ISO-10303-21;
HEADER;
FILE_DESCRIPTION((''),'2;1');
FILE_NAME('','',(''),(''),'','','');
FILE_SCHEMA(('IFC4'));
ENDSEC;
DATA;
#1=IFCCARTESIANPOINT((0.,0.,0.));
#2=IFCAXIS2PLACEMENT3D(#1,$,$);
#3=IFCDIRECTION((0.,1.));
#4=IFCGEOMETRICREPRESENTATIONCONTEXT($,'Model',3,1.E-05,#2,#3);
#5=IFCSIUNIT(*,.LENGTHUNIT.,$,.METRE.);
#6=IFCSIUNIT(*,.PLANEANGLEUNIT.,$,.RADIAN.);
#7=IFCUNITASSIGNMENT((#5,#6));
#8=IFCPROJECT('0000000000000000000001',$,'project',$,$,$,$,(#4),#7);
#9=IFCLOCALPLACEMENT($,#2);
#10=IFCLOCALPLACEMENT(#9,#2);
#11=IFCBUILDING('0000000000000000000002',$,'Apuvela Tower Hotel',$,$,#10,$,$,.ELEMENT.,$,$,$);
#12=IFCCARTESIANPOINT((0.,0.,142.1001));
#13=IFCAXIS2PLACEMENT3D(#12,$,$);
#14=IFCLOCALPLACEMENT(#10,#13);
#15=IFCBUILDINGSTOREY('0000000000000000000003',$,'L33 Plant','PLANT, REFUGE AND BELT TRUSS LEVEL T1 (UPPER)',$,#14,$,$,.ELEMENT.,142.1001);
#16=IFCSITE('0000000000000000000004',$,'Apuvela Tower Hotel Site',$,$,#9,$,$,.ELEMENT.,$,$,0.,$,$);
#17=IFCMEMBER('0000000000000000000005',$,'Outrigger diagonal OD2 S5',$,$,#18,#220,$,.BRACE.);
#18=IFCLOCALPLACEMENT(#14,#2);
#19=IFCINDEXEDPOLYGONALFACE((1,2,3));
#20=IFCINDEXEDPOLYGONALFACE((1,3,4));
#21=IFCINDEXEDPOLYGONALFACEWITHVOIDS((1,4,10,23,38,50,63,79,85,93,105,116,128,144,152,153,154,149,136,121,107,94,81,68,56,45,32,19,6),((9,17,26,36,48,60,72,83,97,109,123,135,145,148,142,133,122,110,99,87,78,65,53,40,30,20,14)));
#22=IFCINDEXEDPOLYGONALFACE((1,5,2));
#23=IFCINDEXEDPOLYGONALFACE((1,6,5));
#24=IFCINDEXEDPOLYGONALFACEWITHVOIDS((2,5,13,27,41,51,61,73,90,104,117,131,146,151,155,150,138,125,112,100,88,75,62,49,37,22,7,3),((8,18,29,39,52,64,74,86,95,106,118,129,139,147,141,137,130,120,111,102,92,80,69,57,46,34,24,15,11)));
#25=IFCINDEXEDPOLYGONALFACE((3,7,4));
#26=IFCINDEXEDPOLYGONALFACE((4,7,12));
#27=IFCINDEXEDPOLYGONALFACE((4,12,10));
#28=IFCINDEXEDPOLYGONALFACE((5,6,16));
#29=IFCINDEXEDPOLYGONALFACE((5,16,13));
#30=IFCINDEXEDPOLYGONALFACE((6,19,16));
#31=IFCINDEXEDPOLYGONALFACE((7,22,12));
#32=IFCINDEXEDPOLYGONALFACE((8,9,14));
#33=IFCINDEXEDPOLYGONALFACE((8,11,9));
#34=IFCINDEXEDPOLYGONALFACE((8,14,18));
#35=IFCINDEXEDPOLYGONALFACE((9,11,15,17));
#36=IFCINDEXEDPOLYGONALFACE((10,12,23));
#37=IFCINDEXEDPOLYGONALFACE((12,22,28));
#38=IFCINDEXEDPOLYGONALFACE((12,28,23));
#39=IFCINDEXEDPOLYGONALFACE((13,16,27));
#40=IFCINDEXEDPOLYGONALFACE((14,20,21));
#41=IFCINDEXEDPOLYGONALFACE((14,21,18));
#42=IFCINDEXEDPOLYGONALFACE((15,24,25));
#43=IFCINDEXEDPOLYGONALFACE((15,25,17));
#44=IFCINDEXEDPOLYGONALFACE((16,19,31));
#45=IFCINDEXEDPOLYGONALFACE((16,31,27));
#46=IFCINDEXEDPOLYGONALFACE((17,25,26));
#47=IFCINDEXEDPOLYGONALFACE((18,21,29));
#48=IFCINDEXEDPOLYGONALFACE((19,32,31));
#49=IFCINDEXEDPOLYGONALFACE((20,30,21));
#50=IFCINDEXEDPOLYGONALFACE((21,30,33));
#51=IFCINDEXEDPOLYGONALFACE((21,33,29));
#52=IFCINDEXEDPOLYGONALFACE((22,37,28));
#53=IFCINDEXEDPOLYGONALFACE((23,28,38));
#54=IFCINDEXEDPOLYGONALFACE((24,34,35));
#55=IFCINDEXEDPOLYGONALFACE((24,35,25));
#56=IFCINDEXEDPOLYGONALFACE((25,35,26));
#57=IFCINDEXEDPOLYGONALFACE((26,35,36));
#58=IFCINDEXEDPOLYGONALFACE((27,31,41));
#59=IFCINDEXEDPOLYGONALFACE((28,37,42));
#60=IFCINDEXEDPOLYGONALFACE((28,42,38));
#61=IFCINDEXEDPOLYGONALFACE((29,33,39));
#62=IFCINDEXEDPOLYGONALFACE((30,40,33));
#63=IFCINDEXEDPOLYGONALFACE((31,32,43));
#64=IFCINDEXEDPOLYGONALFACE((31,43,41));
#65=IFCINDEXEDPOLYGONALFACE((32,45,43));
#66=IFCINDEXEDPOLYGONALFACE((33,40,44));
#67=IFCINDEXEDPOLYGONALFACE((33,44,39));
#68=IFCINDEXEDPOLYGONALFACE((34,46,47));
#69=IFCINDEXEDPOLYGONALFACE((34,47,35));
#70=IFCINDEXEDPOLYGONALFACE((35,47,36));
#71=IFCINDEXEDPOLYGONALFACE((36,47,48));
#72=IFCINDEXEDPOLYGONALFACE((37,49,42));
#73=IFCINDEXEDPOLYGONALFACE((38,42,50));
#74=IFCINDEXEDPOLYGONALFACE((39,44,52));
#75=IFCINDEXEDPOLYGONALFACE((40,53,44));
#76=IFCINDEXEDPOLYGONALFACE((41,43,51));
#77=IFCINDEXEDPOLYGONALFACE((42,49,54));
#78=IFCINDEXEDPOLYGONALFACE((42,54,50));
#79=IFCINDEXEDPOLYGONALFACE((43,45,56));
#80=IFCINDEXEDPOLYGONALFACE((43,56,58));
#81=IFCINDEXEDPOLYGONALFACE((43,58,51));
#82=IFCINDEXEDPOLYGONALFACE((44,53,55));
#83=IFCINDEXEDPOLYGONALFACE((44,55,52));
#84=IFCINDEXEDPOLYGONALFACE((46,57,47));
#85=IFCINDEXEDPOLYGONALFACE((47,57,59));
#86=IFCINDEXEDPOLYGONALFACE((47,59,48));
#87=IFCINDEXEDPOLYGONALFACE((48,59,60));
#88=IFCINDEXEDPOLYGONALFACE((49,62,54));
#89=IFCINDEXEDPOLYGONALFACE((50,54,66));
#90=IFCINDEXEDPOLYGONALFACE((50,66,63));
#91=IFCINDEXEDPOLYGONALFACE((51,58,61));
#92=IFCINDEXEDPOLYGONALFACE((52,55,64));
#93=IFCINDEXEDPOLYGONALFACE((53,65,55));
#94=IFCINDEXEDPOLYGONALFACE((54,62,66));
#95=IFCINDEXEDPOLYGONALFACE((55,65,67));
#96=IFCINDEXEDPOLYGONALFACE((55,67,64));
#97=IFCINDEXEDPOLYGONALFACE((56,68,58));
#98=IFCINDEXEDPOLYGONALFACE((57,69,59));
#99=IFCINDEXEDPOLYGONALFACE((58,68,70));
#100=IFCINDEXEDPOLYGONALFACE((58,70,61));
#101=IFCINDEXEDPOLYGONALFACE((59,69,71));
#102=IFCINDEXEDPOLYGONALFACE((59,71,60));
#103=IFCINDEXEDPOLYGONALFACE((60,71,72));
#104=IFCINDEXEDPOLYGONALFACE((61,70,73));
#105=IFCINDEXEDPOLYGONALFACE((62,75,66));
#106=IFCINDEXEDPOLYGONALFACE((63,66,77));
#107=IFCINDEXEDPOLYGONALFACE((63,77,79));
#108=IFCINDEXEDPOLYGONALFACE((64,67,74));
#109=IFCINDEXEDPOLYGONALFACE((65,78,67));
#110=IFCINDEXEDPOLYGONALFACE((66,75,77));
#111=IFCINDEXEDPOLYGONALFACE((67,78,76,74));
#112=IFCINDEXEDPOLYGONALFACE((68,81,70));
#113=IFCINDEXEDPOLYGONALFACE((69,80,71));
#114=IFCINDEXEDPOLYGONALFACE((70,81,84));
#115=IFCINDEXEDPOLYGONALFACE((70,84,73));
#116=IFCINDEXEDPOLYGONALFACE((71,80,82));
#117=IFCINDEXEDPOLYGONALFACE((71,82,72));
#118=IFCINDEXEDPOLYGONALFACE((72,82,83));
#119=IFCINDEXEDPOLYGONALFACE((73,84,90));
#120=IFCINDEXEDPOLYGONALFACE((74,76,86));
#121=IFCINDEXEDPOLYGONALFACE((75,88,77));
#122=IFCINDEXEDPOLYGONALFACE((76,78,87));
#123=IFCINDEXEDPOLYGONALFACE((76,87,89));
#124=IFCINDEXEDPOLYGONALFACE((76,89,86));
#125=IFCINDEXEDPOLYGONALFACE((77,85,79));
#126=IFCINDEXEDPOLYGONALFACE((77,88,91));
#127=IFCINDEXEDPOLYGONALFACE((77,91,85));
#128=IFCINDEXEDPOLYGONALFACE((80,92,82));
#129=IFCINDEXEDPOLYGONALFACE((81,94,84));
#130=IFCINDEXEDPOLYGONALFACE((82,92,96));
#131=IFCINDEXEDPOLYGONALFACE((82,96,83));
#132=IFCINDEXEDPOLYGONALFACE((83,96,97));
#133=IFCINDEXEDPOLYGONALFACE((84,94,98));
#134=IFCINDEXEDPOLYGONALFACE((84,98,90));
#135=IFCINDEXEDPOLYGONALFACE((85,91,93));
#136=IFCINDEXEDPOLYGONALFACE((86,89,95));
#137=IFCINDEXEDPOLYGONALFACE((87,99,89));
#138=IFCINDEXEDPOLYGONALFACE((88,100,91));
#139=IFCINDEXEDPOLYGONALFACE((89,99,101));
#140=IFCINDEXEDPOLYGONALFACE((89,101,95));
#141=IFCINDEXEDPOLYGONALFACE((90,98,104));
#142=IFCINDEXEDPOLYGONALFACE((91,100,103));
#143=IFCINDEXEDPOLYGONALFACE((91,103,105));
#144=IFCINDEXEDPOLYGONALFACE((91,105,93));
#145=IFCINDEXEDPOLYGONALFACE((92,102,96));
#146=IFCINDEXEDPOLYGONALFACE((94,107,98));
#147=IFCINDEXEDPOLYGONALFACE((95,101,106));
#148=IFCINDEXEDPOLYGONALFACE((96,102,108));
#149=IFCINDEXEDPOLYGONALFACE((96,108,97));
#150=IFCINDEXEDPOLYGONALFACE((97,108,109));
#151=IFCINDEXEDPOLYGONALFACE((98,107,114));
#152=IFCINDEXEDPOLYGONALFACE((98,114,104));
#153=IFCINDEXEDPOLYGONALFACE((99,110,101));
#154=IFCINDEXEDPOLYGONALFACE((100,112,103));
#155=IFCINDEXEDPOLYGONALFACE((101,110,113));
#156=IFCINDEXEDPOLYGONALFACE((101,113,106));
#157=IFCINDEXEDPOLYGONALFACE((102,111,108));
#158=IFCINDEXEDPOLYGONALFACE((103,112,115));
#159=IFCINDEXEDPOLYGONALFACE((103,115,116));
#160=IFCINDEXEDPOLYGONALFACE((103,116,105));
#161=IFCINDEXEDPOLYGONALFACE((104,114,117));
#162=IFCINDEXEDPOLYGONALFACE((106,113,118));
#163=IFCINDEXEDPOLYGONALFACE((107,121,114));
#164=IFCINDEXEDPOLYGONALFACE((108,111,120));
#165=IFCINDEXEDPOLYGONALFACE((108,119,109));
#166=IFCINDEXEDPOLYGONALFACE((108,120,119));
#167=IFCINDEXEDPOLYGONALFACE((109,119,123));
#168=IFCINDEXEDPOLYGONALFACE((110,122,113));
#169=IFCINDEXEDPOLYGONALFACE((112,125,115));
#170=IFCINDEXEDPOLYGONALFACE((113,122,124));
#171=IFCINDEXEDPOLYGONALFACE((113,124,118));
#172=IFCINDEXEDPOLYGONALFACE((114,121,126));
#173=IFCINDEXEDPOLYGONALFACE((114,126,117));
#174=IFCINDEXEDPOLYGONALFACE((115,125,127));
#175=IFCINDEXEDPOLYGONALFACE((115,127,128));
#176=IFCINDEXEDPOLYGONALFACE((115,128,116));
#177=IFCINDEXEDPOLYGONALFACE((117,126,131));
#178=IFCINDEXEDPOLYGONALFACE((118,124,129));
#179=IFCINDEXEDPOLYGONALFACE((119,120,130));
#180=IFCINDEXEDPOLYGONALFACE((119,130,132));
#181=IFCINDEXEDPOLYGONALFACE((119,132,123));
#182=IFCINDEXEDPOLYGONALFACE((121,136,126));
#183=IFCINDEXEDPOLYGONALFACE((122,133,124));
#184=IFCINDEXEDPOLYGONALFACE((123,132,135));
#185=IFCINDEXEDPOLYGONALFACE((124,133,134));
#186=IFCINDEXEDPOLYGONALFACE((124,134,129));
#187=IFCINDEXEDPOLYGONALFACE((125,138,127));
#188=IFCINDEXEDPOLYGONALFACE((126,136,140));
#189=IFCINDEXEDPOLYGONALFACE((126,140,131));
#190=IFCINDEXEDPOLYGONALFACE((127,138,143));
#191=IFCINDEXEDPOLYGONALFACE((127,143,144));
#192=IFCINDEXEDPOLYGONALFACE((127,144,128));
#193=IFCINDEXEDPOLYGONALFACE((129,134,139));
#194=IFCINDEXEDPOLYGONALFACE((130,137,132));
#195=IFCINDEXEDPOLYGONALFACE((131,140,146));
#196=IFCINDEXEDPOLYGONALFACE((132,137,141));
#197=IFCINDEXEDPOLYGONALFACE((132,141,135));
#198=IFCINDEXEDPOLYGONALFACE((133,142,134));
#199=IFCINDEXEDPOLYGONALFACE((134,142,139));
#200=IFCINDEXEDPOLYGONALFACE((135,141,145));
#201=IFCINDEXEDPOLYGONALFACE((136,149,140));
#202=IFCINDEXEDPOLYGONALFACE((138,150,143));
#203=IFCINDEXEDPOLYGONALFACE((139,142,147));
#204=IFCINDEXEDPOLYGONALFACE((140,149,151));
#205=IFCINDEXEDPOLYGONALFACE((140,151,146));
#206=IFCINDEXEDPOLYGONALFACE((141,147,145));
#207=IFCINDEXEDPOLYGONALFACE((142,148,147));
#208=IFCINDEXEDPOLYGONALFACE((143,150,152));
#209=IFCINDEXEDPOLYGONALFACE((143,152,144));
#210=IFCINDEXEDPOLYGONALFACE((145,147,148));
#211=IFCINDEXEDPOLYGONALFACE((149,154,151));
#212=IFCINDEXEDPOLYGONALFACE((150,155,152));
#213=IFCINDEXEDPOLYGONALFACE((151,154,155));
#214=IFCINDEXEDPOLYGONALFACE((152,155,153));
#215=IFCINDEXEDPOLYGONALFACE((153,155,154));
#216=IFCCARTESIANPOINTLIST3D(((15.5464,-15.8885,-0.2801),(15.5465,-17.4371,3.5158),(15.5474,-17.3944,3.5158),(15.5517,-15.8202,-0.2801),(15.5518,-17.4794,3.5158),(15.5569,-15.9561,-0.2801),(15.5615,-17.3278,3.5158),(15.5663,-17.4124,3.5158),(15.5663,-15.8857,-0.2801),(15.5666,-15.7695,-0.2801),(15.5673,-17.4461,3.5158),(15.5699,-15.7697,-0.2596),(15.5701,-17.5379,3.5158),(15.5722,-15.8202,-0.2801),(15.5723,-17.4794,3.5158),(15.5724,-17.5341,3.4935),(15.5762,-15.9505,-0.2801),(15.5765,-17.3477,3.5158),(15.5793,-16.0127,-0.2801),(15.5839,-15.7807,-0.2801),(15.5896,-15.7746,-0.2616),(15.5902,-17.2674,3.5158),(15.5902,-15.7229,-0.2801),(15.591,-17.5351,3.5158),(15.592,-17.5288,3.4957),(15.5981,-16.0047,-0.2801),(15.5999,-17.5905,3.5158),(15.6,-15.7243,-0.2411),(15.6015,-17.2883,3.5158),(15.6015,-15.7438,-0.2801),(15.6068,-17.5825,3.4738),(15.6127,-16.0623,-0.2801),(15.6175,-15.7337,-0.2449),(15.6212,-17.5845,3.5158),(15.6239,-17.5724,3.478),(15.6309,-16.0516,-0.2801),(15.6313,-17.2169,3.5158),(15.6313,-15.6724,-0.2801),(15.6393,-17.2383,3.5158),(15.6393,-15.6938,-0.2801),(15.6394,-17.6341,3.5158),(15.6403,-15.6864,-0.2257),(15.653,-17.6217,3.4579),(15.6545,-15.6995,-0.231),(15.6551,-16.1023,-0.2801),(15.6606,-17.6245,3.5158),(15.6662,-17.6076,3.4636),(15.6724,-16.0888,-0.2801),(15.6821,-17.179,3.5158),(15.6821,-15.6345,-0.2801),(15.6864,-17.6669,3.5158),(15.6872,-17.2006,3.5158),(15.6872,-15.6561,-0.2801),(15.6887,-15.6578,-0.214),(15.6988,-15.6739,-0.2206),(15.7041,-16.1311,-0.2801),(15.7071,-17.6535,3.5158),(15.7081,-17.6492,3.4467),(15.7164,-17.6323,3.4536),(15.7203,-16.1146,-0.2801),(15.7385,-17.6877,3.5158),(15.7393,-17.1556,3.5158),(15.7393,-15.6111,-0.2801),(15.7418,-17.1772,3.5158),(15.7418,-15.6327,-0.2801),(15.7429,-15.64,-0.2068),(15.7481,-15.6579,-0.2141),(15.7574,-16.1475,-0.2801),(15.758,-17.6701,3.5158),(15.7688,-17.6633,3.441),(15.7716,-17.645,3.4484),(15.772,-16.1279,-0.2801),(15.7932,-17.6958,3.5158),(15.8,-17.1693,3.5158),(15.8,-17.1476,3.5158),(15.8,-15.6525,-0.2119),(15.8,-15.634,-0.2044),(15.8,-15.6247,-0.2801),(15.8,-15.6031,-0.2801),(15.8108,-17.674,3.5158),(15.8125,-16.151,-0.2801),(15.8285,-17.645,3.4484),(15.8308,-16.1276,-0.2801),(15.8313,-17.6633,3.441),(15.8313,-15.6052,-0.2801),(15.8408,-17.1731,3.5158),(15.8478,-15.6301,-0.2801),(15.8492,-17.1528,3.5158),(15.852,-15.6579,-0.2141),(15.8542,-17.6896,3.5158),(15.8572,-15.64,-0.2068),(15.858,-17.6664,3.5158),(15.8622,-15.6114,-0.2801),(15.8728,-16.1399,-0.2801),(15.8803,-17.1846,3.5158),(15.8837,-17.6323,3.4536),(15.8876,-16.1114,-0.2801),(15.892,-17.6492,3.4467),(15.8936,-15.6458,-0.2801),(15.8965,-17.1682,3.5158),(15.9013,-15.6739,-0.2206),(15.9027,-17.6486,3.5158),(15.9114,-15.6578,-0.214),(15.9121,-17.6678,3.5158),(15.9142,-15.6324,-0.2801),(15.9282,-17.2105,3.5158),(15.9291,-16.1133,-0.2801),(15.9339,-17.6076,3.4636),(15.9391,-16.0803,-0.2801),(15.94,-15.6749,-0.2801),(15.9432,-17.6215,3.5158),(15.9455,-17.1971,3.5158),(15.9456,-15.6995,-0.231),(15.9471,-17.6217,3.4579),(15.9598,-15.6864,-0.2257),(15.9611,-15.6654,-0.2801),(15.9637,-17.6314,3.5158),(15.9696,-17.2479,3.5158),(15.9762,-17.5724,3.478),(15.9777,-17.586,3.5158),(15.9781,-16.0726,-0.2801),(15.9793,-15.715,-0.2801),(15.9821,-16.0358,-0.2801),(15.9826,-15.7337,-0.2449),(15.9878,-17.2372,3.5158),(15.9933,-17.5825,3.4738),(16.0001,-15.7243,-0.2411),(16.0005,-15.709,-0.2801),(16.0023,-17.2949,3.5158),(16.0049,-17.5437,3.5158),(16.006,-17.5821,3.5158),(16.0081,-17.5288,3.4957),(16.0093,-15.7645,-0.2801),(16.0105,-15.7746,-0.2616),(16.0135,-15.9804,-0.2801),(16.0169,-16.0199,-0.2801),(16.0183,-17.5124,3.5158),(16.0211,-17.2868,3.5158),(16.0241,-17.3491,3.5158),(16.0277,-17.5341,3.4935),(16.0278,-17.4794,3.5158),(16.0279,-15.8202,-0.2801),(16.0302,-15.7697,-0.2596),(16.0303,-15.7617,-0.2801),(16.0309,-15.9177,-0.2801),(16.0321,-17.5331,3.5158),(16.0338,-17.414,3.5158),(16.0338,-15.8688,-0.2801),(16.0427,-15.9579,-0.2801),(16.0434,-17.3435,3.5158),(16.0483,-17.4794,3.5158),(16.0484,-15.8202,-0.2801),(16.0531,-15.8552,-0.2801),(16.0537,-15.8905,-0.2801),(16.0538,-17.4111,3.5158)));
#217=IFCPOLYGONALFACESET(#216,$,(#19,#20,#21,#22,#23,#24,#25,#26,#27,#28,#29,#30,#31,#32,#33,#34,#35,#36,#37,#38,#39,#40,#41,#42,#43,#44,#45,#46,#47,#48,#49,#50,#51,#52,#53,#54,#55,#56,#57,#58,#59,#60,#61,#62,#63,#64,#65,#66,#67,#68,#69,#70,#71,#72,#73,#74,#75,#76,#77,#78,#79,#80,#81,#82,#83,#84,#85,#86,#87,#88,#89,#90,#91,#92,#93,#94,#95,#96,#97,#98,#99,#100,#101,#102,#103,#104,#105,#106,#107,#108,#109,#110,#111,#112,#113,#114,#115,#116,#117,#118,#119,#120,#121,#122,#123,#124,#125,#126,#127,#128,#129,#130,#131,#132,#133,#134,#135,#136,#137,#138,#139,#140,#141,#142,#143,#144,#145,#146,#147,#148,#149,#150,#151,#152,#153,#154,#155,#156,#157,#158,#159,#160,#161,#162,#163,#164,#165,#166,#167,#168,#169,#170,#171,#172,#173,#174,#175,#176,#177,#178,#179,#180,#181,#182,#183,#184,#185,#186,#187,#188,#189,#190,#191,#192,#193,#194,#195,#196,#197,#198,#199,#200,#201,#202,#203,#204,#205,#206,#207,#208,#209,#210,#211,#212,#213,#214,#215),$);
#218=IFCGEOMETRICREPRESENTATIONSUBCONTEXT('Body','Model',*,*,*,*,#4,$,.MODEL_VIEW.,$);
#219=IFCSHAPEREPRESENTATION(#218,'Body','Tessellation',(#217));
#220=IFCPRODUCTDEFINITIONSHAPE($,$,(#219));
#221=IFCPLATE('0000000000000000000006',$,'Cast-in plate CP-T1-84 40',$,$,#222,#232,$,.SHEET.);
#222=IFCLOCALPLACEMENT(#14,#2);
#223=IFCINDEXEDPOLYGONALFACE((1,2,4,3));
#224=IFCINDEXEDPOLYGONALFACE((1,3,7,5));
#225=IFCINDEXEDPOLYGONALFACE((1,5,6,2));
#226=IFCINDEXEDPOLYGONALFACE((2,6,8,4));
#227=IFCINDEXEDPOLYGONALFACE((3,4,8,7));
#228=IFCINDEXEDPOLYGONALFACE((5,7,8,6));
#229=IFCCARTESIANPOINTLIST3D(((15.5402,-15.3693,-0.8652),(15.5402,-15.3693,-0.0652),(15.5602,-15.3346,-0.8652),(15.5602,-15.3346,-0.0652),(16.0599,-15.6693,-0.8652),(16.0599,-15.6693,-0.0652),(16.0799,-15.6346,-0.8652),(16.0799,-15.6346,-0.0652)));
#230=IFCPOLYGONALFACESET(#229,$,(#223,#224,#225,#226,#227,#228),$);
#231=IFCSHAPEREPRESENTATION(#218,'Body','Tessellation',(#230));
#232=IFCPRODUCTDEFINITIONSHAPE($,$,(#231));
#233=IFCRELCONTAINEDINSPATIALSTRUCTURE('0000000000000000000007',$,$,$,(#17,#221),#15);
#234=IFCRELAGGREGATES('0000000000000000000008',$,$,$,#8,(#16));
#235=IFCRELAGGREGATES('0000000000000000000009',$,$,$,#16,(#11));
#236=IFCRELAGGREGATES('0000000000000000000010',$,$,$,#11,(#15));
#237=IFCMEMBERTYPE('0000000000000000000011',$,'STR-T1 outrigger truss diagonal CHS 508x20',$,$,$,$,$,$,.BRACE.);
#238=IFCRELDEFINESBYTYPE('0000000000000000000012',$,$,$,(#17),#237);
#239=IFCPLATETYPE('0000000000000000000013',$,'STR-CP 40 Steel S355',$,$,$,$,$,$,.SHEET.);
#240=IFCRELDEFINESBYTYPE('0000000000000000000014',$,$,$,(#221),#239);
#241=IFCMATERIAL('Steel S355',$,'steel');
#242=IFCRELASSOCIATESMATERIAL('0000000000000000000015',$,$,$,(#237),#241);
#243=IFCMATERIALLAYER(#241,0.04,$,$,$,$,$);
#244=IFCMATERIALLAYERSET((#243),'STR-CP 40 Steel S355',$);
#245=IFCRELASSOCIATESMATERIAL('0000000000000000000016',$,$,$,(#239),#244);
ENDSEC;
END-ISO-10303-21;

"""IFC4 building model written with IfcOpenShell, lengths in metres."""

from ifc_helpers import new_model, si_unit, direction, frame, origin, origin_2d, place, context, subcontext, project, spatial, rectangle, hollow_circle, extrude, boolean, halfspace, material, layer, layer_set, material_profile, profile_set, type_object, element, save


model = new_model("IFC4")

# Units and contexts
model_context = context("Model", 3, precision=1e-05, world=origin(), true_north=direction((0.0, 1.0)))
body_context = subcontext(model_context, "Body", "Model", "MODEL_VIEW")
ifc_project = project(units=[si_unit("LENGTHUNIT", "METRE"), si_unit("PLANEANGLEUNIT", "RADIAN")], contexts=[model_context])

# Site, building, storey
site_placement = place(None, origin())
site = spatial("IfcSite", under=ifc_project, at=site_placement, Name="Apuvela Tower Hotel Site", CompositionType="ELEMENT", RefElevation=0.0)
building_placement = place(site_placement, origin())
building = spatial("IfcBuilding", under=site, at=building_placement, Name="Apuvela Tower Hotel", CompositionType="ELEMENT")
storey_placement = place(building_placement, frame((0.0, 0.0, 142.1001)))
storey = spatial("IfcBuildingStorey", under=building, at=storey_placement, Name="L33 Plant", Description="PLANT, REFUGE AND BELT TRUSS LEVEL T1 (UPPER)", CompositionType="ELEMENT", Elevation=142.1001)

# Shared definitions
ifc_material_1 = material(Name="Steel S355", Category="steel")

# Member
ifc_material_profile_1 = material_profile(ifc_material_1, hollow_circle(Radius=0.2539, WallThickness=0.02, at=origin_2d()), Name="CHS 508x20")
ifc_profile_set_1 = profile_set([ifc_material_profile_1], Name="Steel S355")
member_type = type_object("IfcMemberType", Name="STR-T1 outrigger truss diagonal CHS 508x20", PredefinedType="BRACE", material=ifc_profile_set_1)
member_placement = place(storey_placement, frame((15.8, -15.8691, -0.3), z_axis=(0.0, -0.376883, 0.926261), x_axis=(0.0, 0.926261, 0.376883)))
solid = boolean("DIFFERENCE", boolean("DIFFERENCE", extrude(hollow_circle(Radius=0.2539, WallThickness=0.02, at=origin_2d()), frame((0.0, 0.0, -0.2234)), (0.0, 0.0, 1.0), 4.5879), halfspace(frame((0.0, 0.0, 0.0215), z_axis=(0.376883, 0.0, 0.926261), x_axis=(0.926261, 0.0, -0.376883)), True)), halfspace(frame((0.0, 0.0, 4.1196), z_axis=(0.376883, 0.0, 0.926261), x_axis=(0.926261, 0.0, -0.376883)), False))
element("IfcMember", 1, at=member_placement, inside=storey, type_object=member_type, Name="Outrigger diagonal OD2 S5", PredefinedType="BRACE", context=body_context, shape_type="SweptSolid", body=[
    boolean("UNION", boolean("DIFFERENCE", boolean("DIFFERENCE", extrude(hollow_circle(Radius=0.2539, WallThickness=0.02, at=origin_2d()), origin(), (0.0, 0.0, 1.0), 4.1414), halfspace(frame((0.0, 0.0, 0.0215), z_axis=(0.376883, 0.0, 0.926261), x_axis=(0.926261, 0.0, -0.376883)), True)), halfspace(frame((0.0, 0.0, 4.1196), z_axis=(0.376883, 0.0, 0.926261), x_axis=(0.926261, 0.0, -0.376883)), False)), solid),
])

# Plate
ifc_layer_1 = layer(ifc_material_1, 0.04)
ifc_layer_set_1 = layer_set([ifc_layer_1], Name="STR-CP 40 Steel S355")
plate_type = type_object("IfcPlateType", Name="STR-CP 40 Steel S355", PredefinedType="SHEET", material=ifc_layer_set_1)
plate_placement = place(storey_placement, frame((15.8101, -15.502, -0.8652), z_axis=(0.0, 0.0, 1.0), x_axis=(0.5, 0.866025, 0.0)))
element("IfcPlate", 2, at=plate_placement, inside=storey, type_object=plate_type, Name="Cast-in plate CP-T1-84 40", PredefinedType="SHEET", context=body_context, shape_type="SweptSolid", body=[
    extrude(rectangle(XDim=0.04, YDim=0.6001, at=origin_2d()), origin(), (0.0, 0.0, 1.0), 0.8),
])

save(model, "model.ifc")
